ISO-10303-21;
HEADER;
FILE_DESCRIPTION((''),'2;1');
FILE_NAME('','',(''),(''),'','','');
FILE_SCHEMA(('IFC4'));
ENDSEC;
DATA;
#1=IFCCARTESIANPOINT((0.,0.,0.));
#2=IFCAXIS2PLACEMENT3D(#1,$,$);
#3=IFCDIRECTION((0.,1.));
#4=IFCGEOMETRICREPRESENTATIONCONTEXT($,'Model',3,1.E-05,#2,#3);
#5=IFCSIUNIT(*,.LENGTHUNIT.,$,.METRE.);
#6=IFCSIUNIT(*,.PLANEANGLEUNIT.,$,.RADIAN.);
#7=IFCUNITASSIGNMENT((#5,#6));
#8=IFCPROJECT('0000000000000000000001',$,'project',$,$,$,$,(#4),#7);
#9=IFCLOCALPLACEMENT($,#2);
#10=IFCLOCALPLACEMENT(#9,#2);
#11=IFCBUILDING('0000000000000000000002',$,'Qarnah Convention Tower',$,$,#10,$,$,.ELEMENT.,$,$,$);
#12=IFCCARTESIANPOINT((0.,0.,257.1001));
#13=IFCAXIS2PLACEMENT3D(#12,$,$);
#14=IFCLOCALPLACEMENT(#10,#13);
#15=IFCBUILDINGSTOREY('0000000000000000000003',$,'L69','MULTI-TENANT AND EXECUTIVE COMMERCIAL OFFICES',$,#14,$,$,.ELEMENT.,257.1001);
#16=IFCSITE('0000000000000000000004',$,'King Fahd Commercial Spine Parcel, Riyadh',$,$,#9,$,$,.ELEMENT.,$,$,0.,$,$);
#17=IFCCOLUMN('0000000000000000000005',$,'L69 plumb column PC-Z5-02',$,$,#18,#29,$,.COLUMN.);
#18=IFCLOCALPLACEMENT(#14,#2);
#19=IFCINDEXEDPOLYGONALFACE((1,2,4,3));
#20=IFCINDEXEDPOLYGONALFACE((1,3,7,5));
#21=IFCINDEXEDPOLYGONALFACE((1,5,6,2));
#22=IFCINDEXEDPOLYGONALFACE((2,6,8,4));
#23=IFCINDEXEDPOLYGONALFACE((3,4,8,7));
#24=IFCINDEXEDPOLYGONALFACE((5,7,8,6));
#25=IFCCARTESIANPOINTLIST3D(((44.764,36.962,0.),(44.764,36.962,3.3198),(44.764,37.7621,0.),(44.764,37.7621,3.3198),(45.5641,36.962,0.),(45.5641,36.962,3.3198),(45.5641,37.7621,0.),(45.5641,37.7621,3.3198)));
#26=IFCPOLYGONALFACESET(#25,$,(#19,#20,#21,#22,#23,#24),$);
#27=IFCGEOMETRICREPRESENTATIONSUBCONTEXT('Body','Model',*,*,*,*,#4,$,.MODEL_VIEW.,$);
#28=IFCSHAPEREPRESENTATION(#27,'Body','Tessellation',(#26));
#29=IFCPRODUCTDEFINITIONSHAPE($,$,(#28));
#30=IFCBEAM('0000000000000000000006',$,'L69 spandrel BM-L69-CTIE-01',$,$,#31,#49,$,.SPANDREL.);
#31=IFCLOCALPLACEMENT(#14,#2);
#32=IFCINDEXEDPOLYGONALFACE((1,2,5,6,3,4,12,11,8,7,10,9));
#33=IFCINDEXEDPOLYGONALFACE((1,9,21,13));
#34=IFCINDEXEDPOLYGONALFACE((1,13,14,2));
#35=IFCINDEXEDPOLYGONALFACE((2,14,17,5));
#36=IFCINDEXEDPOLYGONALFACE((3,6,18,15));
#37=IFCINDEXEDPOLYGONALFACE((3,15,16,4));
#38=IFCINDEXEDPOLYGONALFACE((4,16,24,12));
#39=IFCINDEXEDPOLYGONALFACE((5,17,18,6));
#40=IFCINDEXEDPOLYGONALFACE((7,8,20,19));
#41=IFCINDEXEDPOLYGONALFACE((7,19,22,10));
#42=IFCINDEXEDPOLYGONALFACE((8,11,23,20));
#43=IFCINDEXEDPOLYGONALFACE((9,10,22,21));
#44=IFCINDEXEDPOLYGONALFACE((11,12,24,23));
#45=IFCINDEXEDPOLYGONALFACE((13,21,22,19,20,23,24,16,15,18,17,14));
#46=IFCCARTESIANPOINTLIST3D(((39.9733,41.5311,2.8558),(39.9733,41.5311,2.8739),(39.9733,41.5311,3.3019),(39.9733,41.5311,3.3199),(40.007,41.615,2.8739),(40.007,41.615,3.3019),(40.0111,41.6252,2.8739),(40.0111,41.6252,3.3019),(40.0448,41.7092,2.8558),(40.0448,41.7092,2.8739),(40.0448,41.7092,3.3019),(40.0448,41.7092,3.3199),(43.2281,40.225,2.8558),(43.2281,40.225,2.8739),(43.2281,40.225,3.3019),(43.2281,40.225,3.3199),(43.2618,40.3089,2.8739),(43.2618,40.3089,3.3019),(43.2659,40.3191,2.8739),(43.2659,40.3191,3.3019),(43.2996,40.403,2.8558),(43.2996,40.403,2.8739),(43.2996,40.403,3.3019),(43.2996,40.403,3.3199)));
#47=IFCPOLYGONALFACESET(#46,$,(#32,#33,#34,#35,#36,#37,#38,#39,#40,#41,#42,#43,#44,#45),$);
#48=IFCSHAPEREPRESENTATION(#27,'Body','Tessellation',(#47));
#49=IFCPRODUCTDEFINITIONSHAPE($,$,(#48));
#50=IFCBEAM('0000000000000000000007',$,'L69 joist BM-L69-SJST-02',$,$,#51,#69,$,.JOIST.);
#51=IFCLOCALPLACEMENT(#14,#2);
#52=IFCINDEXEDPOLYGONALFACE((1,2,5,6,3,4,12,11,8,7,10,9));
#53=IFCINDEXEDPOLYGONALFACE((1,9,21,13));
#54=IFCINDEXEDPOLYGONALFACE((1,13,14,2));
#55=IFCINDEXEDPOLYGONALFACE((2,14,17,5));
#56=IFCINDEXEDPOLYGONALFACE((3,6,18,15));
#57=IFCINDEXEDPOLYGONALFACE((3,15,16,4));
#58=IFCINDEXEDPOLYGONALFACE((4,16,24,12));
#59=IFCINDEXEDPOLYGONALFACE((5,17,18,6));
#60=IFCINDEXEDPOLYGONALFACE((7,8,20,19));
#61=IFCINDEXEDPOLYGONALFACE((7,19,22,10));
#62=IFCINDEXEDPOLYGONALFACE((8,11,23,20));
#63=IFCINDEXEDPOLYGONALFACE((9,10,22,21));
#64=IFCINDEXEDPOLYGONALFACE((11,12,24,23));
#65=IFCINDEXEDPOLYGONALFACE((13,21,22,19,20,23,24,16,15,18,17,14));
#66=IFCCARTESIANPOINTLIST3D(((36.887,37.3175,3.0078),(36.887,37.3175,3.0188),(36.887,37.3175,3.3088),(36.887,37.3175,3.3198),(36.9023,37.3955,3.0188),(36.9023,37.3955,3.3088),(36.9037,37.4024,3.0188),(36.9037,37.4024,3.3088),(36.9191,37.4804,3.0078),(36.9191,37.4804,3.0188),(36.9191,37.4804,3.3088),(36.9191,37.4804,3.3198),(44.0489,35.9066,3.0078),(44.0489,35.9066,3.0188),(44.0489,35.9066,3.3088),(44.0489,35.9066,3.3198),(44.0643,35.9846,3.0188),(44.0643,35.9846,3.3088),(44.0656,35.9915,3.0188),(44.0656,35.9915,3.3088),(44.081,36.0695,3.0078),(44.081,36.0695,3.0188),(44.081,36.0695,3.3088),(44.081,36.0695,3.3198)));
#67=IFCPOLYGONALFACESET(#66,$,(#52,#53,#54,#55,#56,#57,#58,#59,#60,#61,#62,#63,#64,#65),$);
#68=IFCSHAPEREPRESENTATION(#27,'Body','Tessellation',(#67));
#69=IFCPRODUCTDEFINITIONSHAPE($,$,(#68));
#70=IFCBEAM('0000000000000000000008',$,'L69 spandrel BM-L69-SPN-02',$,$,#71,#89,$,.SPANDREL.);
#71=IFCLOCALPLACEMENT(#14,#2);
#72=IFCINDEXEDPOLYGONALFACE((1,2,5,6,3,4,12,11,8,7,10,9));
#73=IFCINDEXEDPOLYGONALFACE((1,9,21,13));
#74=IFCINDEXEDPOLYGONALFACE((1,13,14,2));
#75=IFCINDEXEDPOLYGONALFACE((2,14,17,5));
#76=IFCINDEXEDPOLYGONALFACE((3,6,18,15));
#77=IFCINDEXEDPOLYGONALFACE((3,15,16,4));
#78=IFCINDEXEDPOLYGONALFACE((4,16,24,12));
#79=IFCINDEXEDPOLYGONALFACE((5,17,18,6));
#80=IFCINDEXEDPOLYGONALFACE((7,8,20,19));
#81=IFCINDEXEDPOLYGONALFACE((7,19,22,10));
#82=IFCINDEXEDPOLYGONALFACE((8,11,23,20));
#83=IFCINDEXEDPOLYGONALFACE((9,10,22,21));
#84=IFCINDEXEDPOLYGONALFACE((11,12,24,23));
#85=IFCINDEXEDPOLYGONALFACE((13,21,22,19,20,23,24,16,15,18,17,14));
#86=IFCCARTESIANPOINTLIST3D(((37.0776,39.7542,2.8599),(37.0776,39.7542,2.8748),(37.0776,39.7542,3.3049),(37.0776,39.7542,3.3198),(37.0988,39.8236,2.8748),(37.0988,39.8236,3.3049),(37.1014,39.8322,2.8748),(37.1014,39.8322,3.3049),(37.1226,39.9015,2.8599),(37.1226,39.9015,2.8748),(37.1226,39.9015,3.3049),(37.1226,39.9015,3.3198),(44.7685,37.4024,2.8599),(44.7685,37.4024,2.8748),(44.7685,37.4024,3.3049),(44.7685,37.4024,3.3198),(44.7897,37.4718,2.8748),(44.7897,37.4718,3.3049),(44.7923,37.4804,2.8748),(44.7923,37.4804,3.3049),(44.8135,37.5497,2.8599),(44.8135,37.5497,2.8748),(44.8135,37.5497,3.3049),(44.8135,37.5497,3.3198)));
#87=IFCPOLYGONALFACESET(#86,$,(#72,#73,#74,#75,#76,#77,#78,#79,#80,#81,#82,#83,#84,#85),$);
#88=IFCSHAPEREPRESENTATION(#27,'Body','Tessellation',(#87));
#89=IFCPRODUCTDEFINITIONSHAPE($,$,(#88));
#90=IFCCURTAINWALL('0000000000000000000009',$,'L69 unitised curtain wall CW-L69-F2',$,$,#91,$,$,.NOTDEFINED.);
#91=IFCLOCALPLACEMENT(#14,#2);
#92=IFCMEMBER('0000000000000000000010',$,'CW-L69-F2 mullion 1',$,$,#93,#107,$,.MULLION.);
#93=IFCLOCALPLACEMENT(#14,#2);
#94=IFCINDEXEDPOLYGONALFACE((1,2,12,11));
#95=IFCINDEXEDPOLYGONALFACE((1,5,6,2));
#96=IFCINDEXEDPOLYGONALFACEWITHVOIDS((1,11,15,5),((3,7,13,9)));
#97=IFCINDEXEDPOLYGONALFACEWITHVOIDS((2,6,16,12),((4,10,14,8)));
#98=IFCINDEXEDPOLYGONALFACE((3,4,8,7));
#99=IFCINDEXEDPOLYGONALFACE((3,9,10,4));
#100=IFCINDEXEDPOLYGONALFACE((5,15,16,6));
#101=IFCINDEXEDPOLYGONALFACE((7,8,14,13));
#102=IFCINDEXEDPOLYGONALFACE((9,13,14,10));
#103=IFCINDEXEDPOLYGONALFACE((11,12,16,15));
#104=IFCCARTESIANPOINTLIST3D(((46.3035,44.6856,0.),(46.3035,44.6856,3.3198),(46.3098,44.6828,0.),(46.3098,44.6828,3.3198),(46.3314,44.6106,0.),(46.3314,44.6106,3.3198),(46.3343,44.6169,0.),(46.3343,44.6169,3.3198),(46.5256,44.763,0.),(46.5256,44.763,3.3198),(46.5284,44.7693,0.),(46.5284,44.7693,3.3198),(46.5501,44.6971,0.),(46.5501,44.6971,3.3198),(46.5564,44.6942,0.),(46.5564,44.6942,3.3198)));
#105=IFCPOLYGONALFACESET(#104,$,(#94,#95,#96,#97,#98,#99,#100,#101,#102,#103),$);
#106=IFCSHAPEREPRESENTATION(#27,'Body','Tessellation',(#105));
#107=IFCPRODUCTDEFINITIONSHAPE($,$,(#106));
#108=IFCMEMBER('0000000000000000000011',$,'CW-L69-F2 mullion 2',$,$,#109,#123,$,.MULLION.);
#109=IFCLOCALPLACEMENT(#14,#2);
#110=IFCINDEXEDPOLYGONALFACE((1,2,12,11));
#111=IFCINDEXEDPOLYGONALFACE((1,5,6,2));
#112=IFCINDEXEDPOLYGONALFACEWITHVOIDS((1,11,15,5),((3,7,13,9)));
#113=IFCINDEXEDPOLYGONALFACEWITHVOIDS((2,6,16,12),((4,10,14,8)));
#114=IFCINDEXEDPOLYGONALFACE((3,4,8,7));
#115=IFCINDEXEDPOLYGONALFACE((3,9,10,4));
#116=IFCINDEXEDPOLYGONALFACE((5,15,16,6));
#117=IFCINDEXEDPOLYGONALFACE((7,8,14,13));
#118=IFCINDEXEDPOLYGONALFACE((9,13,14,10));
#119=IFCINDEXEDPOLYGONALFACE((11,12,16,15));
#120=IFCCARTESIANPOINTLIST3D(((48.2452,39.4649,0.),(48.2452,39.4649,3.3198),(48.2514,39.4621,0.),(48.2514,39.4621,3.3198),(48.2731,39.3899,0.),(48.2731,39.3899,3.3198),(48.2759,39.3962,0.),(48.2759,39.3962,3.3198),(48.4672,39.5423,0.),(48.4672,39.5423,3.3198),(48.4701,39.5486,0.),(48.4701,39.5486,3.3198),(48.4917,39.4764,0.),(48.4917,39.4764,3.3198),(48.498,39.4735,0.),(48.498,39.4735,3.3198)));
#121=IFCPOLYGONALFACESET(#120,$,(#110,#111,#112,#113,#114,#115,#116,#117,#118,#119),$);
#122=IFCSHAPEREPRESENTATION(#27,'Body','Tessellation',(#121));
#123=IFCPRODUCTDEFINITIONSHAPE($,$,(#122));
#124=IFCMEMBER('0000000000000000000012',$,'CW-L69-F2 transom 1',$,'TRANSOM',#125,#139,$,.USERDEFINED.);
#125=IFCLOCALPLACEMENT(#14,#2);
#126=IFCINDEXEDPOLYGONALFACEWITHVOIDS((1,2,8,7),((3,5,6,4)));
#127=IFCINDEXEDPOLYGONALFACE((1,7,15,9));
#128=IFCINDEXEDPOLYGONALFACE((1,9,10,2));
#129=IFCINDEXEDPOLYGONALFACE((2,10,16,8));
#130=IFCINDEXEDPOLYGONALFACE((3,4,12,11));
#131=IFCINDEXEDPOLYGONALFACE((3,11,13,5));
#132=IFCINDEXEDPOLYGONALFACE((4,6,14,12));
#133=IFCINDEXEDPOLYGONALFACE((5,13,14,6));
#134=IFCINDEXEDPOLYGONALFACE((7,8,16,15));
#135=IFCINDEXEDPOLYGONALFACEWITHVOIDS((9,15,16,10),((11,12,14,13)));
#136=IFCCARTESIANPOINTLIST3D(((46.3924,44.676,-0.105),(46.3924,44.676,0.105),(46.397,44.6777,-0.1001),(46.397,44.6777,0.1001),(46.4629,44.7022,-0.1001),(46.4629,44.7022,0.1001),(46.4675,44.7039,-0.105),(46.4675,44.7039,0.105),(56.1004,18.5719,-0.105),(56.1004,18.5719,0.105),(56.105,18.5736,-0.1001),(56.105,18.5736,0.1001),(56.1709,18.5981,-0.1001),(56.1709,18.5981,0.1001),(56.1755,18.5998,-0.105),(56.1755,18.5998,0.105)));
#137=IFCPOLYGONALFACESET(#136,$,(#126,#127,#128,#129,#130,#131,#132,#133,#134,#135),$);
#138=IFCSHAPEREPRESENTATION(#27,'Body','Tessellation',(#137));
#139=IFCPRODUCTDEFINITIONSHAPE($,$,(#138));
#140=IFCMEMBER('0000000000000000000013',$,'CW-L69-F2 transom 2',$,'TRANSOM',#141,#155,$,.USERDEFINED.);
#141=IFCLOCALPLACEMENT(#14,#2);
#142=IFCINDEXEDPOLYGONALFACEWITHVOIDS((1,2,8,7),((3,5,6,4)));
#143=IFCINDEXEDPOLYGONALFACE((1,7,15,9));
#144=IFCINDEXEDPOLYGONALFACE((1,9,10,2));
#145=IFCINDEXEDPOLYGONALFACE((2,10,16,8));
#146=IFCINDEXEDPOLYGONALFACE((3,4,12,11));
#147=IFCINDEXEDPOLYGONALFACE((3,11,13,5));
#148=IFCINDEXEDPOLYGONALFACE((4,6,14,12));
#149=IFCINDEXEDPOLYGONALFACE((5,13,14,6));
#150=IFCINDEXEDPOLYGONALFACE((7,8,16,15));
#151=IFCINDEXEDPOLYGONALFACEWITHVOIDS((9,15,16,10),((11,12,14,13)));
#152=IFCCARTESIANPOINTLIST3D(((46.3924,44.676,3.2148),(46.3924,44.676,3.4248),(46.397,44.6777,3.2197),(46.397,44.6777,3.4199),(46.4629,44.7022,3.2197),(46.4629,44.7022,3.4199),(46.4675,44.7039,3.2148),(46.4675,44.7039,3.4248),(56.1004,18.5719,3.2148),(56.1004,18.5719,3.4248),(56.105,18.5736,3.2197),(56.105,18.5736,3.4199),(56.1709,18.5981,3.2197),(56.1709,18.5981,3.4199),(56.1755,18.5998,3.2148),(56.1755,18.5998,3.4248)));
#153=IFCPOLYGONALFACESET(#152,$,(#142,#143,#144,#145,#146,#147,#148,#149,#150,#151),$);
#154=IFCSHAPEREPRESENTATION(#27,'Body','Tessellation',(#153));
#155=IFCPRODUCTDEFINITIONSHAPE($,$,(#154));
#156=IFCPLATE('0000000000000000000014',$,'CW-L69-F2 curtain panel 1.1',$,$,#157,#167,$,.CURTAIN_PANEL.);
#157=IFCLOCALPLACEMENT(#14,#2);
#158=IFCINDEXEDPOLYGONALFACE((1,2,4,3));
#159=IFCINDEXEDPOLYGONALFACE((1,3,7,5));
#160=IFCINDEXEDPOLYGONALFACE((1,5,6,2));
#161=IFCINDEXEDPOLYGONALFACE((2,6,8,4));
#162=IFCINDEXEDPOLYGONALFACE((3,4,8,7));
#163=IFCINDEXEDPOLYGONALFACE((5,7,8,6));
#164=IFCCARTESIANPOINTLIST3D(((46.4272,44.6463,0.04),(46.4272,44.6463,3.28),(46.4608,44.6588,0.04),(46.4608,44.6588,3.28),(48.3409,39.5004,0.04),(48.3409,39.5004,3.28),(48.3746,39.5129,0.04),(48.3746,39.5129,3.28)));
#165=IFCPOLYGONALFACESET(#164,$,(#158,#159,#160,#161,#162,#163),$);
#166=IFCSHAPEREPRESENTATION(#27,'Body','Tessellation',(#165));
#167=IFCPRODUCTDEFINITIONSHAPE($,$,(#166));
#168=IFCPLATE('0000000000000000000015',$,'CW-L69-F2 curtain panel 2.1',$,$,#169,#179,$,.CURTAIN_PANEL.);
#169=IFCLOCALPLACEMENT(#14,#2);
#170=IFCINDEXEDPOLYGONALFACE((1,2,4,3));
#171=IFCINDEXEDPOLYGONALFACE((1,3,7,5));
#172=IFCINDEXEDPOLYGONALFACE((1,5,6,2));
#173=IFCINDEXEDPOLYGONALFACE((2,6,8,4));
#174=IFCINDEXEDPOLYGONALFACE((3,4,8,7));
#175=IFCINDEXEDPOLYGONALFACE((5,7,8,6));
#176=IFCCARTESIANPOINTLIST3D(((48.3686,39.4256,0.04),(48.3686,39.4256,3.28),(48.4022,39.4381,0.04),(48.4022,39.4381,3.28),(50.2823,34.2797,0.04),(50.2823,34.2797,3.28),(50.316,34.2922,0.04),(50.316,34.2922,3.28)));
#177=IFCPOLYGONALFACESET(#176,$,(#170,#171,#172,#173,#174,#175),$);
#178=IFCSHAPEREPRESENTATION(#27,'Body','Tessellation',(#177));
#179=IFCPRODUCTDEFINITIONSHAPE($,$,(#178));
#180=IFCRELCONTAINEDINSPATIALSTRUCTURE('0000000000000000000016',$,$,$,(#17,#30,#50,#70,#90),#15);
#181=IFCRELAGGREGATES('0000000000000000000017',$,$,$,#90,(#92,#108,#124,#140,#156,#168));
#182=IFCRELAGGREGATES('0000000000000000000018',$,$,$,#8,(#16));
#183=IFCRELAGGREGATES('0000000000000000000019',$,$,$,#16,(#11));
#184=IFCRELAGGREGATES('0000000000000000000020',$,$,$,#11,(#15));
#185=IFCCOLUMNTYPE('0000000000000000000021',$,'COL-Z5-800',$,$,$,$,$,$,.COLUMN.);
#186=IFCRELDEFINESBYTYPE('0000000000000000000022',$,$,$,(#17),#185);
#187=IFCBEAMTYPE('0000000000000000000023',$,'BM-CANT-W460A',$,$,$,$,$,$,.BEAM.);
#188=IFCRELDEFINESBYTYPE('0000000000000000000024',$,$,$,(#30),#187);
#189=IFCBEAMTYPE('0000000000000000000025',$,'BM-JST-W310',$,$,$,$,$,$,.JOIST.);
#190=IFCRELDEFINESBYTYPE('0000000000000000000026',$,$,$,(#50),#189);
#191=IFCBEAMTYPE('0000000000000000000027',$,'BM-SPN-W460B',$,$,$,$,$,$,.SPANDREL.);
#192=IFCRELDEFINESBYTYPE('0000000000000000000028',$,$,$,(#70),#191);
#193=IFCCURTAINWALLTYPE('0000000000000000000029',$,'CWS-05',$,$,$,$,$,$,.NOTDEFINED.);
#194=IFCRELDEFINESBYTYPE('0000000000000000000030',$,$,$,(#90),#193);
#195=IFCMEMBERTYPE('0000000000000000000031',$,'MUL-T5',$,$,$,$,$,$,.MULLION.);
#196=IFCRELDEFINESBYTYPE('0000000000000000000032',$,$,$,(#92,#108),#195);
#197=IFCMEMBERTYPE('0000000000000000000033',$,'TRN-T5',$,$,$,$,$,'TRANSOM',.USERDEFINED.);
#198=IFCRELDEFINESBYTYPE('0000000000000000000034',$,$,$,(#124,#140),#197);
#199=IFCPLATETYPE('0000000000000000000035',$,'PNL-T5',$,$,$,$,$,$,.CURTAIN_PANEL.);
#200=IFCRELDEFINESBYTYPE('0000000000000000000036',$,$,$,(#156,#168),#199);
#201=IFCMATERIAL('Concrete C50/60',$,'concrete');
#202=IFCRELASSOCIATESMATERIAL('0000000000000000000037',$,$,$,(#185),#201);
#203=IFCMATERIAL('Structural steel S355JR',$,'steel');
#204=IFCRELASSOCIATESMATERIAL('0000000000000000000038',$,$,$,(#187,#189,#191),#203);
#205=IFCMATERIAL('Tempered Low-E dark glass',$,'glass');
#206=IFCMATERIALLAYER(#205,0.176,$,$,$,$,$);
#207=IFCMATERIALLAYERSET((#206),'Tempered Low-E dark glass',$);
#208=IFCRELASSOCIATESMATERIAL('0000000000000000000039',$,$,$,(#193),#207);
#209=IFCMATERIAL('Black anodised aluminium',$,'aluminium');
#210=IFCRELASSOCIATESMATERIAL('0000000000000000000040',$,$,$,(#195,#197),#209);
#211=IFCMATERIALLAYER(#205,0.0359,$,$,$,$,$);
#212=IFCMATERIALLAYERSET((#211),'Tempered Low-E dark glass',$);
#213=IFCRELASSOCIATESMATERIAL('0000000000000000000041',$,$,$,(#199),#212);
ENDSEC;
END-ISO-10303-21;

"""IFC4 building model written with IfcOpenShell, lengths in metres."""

from ifc_helpers import new_model, si_unit, direction, frame, origin, origin_2d, place, context, subcontext, project, spatial, rectangle, hollow_rectangle, i_section, extrude, material, layer, layer_set, material_profile, profile_set, type_object, element, aggregate, save


model = new_model("IFC4")

# Units and contexts
model_context = context("Model", 3, precision=1e-05, world=origin(), true_north=direction((0.0, 1.0)))
body_context = subcontext(model_context, "Body", "Model", "MODEL_VIEW")
ifc_project = project(units=[si_unit("LENGTHUNIT", "METRE"), si_unit("PLANEANGLEUNIT", "RADIAN")], contexts=[model_context])

# Site, building, storey
site_placement = place(None, origin())
site = spatial("IfcSite", under=ifc_project, at=site_placement, Name="King Fahd Commercial Spine Parcel, Riyadh", CompositionType="ELEMENT", RefElevation=0.0)
building_placement = place(site_placement, origin())
building = spatial("IfcBuilding", under=site, at=building_placement, Name="Qarnah Convention Tower", CompositionType="ELEMENT")
storey_placement = place(building_placement, frame((0.0, 0.0, 257.1001)))
storey = spatial("IfcBuildingStorey", under=building, at=storey_placement, Name="L69", Description="MULTI-TENANT AND EXECUTIVE COMMERCIAL OFFICES", CompositionType="ELEMENT", Elevation=257.1001)

# Column
ifc_material_1 = material(Name="Concrete C50/60", Category="concrete")
ifc_material_profile_1 = material_profile(ifc_material_1, rectangle(XDim=0.8, YDim=0.8, at=origin_2d()), Name="RC-COL-800X800")
ifc_profile_set_1 = profile_set([ifc_material_profile_1], Name="Concrete C50/60")
column_type = type_object("IfcColumnType", Name="COL-Z5-800", PredefinedType="COLUMN", material=ifc_profile_set_1)
column_placement = place(storey_placement, frame((45.1641, 37.3621, 0.0), z_axis=(0.0, 0.0, 1.0), x_axis=(1.0, 0.0, 0.0)))
element("IfcColumn", 1, at=column_placement, inside=storey, type_object=column_type, Name="L69 plumb column PC-Z5-02", PredefinedType="COLUMN", context=body_context, shape_type="SweptSolid", body=[
    extrude(rectangle(XDim=0.8, YDim=0.8, at=origin_2d()), origin(), (0.0, 0.0, 1.0), 3.3198),
])

# Beams
ifc_material_2 = material(Name="Structural steel S355JR", Category="steel")
ifc_material_profile_2 = material_profile(ifc_material_2, i_section(OverallWidth=0.1919, OverallDepth=0.4641, WebThickness=0.011, FlangeThickness=0.0181, at=origin_2d()), Name="W460X89")
ifc_profile_set_2 = profile_set([ifc_material_profile_2], Name="Structural steel S355JR")
beam_type_1 = type_object("IfcBeamType", Name="BM-CANT-W460A", PredefinedType="BEAM", material=ifc_profile_set_2)
beam_1_placement = place(storey_placement, frame((40.009, 41.6201, 3.0879), z_axis=(0.928063, -0.372423, 0.0), x_axis=(0.372423, 0.928063, 0.0)))
element("IfcBeam", 2, at=beam_1_placement, inside=storey, type_object=beam_type_1, Name="L69 spandrel BM-L69-CTIE-01", PredefinedType="SPANDREL", context=body_context, shape_type="SweptSolid", body=[
    extrude(i_section(OverallWidth=0.1919, OverallDepth=0.4641, WebThickness=0.011, FlangeThickness=0.0181, at=origin_2d()), origin(), (0.0, 0.0, 1.0), 3.5071),
])
ifc_material_profile_3 = material_profile(ifc_material_2, i_section(OverallWidth=0.166, OverallDepth=0.312, WebThickness=0.0071, FlangeThickness=0.011, at=origin_2d()), Name="W310X45")
ifc_profile_set_3 = profile_set([ifc_material_profile_3], Name="Structural steel S355JR")
beam_type_2 = type_object("IfcBeamType", Name="BM-JST-W310", PredefinedType="JOIST", material=ifc_profile_set_3)
beam_2_placement = place(storey_placement, frame((44.0649, 35.988, 3.1638), z_axis=(-0.981143, 0.193285, 0.0), x_axis=(-0.193285, -0.981143, 0.0)))
element("IfcBeam", 3, at=beam_2_placement, inside=storey, type_object=beam_type_2, Name="L69 joist BM-L69-SJST-02", PredefinedType="JOIST", context=body_context, shape_type="SweptSolid", body=[
    extrude(i_section(OverallWidth=0.166, OverallDepth=0.312, WebThickness=0.0071, FlangeThickness=0.011, at=origin_2d()), origin(), (0.0, 0.0, 1.0), 7.2996),
])
ifc_material_profile_4 = material_profile(ifc_material_2, i_section(OverallWidth=0.1541, OverallDepth=0.46, WebThickness=0.009, FlangeThickness=0.0149, at=origin_2d()), Name="W460X68")
ifc_profile_set_4 = profile_set([ifc_material_profile_4], Name="Structural steel S355JR")
beam_type_3 = type_object("IfcBeamType", Name="BM-SPN-W460B", PredefinedType="SPANDREL", material=ifc_profile_set_4)
beam_3_placement = place(storey_placement, frame((44.791, 37.4761, 3.0898), z_axis=(-0.956289, 0.292424, 0.0), x_axis=(-0.292424, -0.956289, 0.0)))
element("IfcBeam", 4, at=beam_3_placement, inside=storey, type_object=beam_type_3, Name="L69 spandrel BM-L69-SPN-02", PredefinedType="SPANDREL", context=body_context, shape_type="SweptSolid", body=[
    extrude(i_section(OverallWidth=0.1541, OverallDepth=0.46, WebThickness=0.009, FlangeThickness=0.0149, at=origin_2d()), origin(), (0.0, 0.0, 1.0), 8.0425),
])

# Curtain wall, members, plates
ifc_material_3 = material(Name="Tempered Low-E dark glass", Category="glass")
ifc_layer_1 = layer(ifc_material_3, 0.176)
ifc_layer_set_1 = layer_set([ifc_layer_1], Name="Tempered Low-E dark glass")
curtain_wall_type = type_object("IfcCurtainWallType", Name="CWS-05", PredefinedType="NOTDEFINED", material=ifc_layer_set_1)
curtain_wall_placement = place(storey_placement, origin())
curtain_wall = element("IfcCurtainWall", 5, at=curtain_wall_placement, inside=storey, type_object=curtain_wall_type, Name="L69 unitised curtain wall CW-L69-F2", PredefinedType="NOTDEFINED")
ifc_material_4 = material(Name="Black anodised aluminium", Category="aluminium")
ifc_material_profile_5 = material_profile(ifc_material_4, hollow_rectangle(XDim=0.0801, YDim=0.24, WallThickness=0.0049, at=origin_2d()), Name="MUL-80X240")
ifc_profile_set_5 = profile_set([ifc_material_profile_5], Name="Black anodised aluminium")
member_type_1 = type_object("IfcMemberType", Name="MUL-T5", PredefinedType="MULLION", material=ifc_profile_set_5)
member_1_placement = place(storey_placement, frame((46.4299, 44.6899, 0.0), z_axis=(0.0, 0.0, 1.0), x_axis=(0.348572, -0.937282, 0.0)))
member_1 = element("IfcMember", 6, at=member_1_placement, type_object=member_type_1, Name="CW-L69-F2 mullion 1", PredefinedType="MULLION", context=body_context, shape_type="SweptSolid", body=[
    extrude(hollow_rectangle(XDim=0.0801, YDim=0.24, WallThickness=0.0049, at=origin_2d()), origin(), (0.0, 0.0, 1.0), 3.3198),
])
member_2_placement = place(storey_placement, frame((48.3716, 39.4692, 0.0), z_axis=(0.0, 0.0, 1.0), x_axis=(0.348572, -0.937282, 0.0)))
member_2 = element("IfcMember", 7, at=member_2_placement, type_object=member_type_1, Name="CW-L69-F2 mullion 2", PredefinedType="MULLION", context=body_context, shape_type="SweptSolid", body=[
    extrude(hollow_rectangle(XDim=0.0801, YDim=0.24, WallThickness=0.0049, at=origin_2d()), origin(), (0.0, 0.0, 1.0), 3.3198),
])
ifc_material_profile_6 = material_profile(ifc_material_4, hollow_rectangle(XDim=0.0801, YDim=0.21, WallThickness=0.0049, at=origin_2d()), Name="TRN-80X210")
ifc_profile_set_6 = profile_set([ifc_material_profile_6], Name="Black anodised aluminium")
member_type_2 = type_object("IfcMemberType", Name="TRN-T5", ElementType="TRANSOM", PredefinedType="USERDEFINED", material=ifc_profile_set_6)
member_3_placement = place(storey_placement, frame((46.4299, 44.6899, 0.0), z_axis=(0.348573, -0.937282, 0.0), x_axis=(0.937282, 0.348573, 0.0)))
member_3 = element("IfcMember", 8, at=member_3_placement, type_object=member_type_2, Name="CW-L69-F2 transom 1", ObjectType="TRANSOM", PredefinedType="USERDEFINED", context=body_context, shape_type="SweptSolid", body=[
    extrude(hollow_rectangle(XDim=0.0801, YDim=0.21, WallThickness=0.0049, at=origin_2d()), origin(), (0.0, 0.0, 1.0), 27.8508),
])
member_4_placement = place(storey_placement, frame((46.4299, 44.6899, 3.3198), z_axis=(0.348573, -0.937282, 0.0), x_axis=(0.937282, 0.348573, 0.0)))
member_4 = element("IfcMember", 9, at=member_4_placement, type_object=member_type_2, Name="CW-L69-F2 transom 2", ObjectType="TRANSOM", PredefinedType="USERDEFINED", context=body_context, shape_type="SweptSolid", body=[
    extrude(hollow_rectangle(XDim=0.0801, YDim=0.21, WallThickness=0.0049, at=origin_2d()), origin(), (0.0, 0.0, 1.0), 27.8508),
])
ifc_layer_2 = layer(ifc_material_3, 0.0359)
ifc_layer_set_2 = layer_set([ifc_layer_2], Name="Tempered Low-E dark glass")
plate_type_1 = type_object("IfcPlateType", Name="PNL-T5", PredefinedType="CURTAIN_PANEL", material=ifc_layer_set_2)
plate_1_placement = place(storey_placement, frame((47.4009, 42.0796, 0.04), z_axis=(0.0, 0.0, 1.0), x_axis=(0.348572, -0.937282, 0.0)))
plate_1 = element("IfcPlate", 10, at=plate_1_placement, type_object=plate_type_1, Name="CW-L69-F2 curtain panel 1.1", PredefinedType="CURTAIN_PANEL", context=body_context, shape_type="SweptSolid", body=[
    extrude(rectangle(XDim=5.4902, YDim=0.0359, at=origin_2d()), origin(), (0.0, 0.0, 1.0), 3.24),
])
plate_2_placement = place(storey_placement, frame((49.3423, 36.8589, 0.04), z_axis=(0.0, 0.0, 1.0), x_axis=(0.348572, -0.937282, 0.0)))
plate_2 = element("IfcPlate", 11, at=plate_2_placement, type_object=plate_type_1, Name="CW-L69-F2 curtain panel 2.1", PredefinedType="CURTAIN_PANEL", context=body_context, shape_type="SweptSolid", body=[
    extrude(rectangle(XDim=5.4902, YDim=0.0359, at=origin_2d()), origin(), (0.0, 0.0, 1.0), 3.24),
])
aggregate(curtain_wall, [member_1, member_2, member_3, member_4, plate_1, plate_2])

save(model, "model.ifc")
